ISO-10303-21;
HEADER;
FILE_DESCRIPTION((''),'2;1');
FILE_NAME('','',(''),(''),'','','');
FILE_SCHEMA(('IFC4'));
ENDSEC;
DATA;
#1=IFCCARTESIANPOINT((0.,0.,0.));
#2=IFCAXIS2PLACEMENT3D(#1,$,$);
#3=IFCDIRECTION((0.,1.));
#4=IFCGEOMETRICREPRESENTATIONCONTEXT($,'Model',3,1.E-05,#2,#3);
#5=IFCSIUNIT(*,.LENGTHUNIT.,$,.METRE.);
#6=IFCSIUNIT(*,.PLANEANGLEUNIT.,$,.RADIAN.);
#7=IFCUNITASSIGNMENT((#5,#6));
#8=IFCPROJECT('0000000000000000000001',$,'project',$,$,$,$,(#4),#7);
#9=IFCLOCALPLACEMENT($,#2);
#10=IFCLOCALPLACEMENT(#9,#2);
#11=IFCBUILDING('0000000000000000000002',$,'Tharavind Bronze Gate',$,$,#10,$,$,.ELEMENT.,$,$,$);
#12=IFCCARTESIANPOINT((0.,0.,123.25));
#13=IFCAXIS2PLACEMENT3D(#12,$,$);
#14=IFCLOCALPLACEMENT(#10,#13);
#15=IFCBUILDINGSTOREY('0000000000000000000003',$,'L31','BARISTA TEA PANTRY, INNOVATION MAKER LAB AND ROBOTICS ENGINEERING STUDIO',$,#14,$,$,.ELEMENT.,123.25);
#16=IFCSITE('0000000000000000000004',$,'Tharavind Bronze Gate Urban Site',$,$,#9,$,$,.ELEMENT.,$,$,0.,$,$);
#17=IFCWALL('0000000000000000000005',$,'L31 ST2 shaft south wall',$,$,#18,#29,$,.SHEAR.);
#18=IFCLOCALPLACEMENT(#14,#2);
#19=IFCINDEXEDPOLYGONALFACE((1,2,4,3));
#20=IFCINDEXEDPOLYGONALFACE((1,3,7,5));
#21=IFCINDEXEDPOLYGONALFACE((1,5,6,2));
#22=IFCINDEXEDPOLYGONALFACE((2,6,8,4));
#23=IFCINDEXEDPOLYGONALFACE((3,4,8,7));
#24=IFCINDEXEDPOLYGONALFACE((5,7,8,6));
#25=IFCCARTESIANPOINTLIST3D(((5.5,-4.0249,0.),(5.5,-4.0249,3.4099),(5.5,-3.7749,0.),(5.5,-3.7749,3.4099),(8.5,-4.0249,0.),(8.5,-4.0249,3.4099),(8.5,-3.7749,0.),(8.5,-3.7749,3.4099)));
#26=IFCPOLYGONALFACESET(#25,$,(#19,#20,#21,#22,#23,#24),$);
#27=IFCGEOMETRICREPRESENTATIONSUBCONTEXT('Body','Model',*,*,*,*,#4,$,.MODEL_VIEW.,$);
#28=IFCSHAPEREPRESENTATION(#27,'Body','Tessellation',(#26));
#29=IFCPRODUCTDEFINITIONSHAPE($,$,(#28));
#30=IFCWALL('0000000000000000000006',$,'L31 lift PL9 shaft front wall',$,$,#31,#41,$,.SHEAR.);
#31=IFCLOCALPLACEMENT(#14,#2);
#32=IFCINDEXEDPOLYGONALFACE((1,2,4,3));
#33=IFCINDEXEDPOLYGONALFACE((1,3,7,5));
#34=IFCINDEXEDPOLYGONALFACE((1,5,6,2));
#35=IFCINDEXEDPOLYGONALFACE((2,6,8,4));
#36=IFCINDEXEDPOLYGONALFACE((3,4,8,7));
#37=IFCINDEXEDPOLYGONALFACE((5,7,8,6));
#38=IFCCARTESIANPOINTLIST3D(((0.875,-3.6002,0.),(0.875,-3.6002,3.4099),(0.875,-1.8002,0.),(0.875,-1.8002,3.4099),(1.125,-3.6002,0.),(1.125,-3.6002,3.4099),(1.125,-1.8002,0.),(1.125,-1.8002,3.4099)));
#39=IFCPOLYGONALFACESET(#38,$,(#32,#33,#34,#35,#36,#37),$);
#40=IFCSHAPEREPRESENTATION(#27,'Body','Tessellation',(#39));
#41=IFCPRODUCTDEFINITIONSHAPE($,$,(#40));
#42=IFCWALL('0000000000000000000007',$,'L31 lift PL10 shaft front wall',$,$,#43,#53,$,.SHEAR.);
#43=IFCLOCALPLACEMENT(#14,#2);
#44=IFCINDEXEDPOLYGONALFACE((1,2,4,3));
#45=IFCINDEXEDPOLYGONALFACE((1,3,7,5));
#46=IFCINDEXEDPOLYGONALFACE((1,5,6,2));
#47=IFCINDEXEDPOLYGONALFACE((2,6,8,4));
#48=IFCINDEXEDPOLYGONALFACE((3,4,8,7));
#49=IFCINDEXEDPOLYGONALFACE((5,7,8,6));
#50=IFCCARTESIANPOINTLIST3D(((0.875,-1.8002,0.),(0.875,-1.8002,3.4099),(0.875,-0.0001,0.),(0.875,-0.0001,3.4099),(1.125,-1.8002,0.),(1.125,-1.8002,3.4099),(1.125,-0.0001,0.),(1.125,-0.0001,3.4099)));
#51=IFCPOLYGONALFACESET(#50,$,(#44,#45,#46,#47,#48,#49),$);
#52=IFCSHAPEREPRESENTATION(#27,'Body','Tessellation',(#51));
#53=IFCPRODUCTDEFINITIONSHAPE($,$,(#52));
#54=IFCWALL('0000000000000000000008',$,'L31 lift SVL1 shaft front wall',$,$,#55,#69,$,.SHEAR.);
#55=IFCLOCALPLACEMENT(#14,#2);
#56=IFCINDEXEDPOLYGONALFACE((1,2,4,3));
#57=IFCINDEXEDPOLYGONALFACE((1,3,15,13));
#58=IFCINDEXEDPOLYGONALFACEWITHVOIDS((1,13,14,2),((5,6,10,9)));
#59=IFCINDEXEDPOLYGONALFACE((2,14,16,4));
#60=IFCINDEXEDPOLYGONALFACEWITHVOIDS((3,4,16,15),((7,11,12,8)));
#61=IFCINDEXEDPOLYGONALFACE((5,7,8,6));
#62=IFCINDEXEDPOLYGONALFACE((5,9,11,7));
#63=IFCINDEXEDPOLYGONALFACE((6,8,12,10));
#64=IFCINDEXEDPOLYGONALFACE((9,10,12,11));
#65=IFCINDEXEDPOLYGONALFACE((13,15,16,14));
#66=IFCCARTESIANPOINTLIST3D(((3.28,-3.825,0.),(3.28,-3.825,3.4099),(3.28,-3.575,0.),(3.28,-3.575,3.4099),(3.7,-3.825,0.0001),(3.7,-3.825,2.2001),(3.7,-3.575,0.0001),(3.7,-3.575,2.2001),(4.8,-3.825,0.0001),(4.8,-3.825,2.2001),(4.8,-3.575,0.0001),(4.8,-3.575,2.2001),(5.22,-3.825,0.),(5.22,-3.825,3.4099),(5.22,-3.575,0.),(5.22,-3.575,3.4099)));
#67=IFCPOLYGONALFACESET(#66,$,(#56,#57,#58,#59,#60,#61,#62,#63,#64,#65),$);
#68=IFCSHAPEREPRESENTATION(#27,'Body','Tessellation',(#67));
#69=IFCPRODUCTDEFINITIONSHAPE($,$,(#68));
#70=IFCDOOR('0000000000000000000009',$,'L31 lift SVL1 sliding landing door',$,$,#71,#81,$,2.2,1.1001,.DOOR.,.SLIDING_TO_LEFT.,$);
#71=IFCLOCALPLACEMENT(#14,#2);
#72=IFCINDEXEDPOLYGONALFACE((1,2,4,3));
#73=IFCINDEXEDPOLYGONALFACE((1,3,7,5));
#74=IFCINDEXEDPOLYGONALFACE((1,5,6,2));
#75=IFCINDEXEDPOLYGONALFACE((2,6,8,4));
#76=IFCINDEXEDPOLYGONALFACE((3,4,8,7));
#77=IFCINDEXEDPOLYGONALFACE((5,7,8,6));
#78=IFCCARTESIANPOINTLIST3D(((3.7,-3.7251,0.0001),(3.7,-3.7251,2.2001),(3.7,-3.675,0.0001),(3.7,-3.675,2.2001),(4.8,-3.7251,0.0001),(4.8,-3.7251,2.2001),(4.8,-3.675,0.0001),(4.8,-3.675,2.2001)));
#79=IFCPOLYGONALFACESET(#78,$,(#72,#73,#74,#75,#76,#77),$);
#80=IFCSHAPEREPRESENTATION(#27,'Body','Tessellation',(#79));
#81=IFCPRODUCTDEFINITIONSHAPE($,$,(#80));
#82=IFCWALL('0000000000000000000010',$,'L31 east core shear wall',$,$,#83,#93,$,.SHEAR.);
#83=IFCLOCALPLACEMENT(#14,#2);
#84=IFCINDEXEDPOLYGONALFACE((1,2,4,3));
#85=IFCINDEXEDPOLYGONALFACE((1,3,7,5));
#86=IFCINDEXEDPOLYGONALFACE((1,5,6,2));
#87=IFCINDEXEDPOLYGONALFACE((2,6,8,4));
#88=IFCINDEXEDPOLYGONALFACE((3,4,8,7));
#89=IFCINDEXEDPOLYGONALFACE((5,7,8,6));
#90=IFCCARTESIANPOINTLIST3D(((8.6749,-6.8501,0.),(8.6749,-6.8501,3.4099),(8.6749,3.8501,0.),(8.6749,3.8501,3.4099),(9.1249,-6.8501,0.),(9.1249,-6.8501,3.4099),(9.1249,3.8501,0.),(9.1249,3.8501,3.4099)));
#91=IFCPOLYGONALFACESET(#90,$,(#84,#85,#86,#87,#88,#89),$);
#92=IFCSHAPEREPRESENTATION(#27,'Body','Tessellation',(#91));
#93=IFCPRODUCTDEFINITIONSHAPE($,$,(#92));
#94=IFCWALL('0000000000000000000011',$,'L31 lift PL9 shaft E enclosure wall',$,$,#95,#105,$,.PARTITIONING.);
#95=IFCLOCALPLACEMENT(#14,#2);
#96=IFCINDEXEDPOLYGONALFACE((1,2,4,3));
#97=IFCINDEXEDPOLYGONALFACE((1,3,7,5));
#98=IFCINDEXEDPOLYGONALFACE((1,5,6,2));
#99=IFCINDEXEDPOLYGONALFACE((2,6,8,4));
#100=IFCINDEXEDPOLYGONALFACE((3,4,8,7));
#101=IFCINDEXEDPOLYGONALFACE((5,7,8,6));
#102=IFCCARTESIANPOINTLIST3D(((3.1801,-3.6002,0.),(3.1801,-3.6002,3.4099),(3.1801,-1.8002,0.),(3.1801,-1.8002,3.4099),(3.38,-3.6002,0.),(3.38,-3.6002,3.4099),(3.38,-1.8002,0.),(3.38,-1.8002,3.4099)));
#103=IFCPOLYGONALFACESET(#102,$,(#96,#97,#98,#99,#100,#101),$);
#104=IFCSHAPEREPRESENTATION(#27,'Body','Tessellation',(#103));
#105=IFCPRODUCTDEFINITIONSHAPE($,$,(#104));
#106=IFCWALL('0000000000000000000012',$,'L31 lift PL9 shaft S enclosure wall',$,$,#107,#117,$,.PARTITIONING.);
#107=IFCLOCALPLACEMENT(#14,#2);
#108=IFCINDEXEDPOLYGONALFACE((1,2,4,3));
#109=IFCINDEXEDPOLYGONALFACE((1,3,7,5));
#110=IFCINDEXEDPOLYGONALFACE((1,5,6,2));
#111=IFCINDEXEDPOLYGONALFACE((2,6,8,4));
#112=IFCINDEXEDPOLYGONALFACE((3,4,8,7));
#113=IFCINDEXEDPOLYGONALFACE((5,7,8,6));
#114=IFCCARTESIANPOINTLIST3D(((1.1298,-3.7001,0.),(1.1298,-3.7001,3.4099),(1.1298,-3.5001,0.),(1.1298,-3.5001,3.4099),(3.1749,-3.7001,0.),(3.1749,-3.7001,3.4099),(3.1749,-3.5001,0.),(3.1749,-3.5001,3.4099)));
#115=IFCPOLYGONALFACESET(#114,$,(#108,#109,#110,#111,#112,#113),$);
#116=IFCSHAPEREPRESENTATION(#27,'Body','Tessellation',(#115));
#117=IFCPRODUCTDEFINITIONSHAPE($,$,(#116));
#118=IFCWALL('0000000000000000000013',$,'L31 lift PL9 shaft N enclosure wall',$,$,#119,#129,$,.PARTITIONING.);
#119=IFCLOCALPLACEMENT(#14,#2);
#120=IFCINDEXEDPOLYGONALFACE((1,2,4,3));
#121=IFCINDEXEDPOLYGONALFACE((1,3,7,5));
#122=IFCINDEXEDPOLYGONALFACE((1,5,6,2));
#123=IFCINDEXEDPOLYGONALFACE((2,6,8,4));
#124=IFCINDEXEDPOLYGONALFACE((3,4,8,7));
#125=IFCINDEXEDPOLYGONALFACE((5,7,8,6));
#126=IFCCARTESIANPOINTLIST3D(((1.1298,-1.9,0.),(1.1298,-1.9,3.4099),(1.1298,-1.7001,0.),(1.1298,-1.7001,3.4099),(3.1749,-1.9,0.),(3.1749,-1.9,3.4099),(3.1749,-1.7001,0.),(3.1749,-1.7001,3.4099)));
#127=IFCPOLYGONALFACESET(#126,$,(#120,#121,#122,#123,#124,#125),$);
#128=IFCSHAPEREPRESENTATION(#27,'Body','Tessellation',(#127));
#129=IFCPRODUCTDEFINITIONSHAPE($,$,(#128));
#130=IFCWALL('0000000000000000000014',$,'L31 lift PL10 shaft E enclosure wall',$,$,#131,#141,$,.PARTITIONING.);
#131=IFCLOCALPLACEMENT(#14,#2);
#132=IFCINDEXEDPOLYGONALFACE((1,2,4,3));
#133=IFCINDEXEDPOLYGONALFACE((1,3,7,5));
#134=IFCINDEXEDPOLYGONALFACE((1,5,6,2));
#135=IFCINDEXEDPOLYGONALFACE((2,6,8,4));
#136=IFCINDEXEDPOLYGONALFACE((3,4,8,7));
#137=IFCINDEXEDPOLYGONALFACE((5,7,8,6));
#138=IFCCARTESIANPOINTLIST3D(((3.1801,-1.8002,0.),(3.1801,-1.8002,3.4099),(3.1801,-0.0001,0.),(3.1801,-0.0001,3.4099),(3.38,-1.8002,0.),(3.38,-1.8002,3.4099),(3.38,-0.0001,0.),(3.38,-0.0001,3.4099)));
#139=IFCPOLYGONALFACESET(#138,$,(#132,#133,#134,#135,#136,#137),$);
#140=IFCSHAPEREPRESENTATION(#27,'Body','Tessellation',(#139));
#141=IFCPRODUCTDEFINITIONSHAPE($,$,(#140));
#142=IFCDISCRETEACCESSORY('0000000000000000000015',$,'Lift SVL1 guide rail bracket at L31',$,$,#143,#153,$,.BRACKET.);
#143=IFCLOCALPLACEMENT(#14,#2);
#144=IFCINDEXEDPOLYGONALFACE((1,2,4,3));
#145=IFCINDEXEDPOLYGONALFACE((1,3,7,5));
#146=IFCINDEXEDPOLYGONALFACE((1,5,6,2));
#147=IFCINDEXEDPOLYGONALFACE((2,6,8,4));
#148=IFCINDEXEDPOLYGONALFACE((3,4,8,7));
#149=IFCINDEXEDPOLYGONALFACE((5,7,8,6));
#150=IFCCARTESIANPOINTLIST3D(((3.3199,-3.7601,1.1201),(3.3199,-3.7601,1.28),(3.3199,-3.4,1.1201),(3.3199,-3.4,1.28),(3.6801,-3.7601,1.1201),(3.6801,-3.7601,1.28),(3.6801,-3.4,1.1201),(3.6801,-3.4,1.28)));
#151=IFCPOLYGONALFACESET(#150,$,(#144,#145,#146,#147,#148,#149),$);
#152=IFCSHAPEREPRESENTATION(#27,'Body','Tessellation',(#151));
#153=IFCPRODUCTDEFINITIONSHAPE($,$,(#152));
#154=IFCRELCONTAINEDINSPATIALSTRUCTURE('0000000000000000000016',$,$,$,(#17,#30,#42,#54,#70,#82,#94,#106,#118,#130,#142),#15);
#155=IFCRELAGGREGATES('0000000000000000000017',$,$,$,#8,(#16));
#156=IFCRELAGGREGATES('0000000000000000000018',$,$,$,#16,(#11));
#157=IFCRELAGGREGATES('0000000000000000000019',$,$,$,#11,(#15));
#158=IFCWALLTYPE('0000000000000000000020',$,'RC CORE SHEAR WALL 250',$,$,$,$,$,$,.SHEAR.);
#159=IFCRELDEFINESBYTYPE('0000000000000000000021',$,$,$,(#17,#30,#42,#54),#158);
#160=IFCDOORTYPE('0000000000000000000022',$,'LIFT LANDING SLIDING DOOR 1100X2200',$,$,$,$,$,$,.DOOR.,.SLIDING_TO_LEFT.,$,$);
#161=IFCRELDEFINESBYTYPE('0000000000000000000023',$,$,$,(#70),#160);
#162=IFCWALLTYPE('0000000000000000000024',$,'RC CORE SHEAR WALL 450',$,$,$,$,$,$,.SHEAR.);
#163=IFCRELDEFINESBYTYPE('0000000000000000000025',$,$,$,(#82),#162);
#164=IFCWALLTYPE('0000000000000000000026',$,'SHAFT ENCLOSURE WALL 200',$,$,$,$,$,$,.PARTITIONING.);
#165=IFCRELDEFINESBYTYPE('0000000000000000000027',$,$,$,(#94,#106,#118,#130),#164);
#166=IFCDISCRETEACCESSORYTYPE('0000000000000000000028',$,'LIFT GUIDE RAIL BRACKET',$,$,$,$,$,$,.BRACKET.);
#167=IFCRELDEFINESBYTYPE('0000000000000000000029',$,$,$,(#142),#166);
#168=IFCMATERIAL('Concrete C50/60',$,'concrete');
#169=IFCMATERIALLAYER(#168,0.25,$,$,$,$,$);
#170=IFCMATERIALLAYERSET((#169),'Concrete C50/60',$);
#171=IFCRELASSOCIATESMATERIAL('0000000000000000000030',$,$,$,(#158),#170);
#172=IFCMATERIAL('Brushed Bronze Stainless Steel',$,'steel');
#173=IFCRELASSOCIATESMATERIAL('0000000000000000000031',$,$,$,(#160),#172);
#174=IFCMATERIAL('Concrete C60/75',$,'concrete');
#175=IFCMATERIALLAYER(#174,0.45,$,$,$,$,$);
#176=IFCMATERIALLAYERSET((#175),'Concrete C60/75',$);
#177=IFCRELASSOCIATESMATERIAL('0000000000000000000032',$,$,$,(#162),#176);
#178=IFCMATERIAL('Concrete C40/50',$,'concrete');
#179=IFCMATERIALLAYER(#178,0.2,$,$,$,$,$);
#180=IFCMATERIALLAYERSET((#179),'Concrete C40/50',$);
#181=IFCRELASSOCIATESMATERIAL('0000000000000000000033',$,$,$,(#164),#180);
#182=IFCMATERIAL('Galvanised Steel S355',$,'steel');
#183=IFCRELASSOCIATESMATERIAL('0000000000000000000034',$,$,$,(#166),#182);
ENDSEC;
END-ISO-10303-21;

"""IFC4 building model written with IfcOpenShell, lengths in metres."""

from ifc_helpers import new_model, si_unit, direction, frame, frame_2d, origin, origin_2d, place, context, subcontext, project, spatial, rectangle, extrude, material, layer, layer_set, type_object, element, fill, save


model = new_model("IFC4")

# Units and contexts
model_context = context("Model", 3, precision=1e-05, world=origin(), true_north=direction((0.0, 1.0)))
body_context = subcontext(model_context, "Body", "Model", "MODEL_VIEW")
ifc_project = project(units=[si_unit("LENGTHUNIT", "METRE"), si_unit("PLANEANGLEUNIT", "RADIAN")], contexts=[model_context])

# Site, building, storey
site_placement = place(None, origin())
site = spatial("IfcSite", under=ifc_project, at=site_placement, Name="Tharavind Bronze Gate Urban Site", CompositionType="ELEMENT", RefElevation=0.0)
building_placement = place(site_placement, origin())
building = spatial("IfcBuilding", under=site, at=building_placement, Name="Tharavind Bronze Gate", CompositionType="ELEMENT")
storey_placement = place(building_placement, frame((0.0, 0.0, 123.25)))
storey = spatial("IfcBuildingStorey", under=building, at=storey_placement, Name="L31", Description="BARISTA TEA PANTRY, INNOVATION MAKER LAB AND ROBOTICS ENGINEERING STUDIO", CompositionType="ELEMENT", Elevation=123.25)

# Shared definitions
ifc_material_1 = material(Name="Concrete C60/75", Category="concrete")

# Walls
ifc_material_2 = material(Name="Concrete C50/60", Category="concrete")
ifc_layer_1 = layer(ifc_material_2, 0.25)
ifc_layer_set_1 = layer_set([ifc_layer_1], Name="Concrete C50/60")
wall_type_1 = type_object("IfcWallType", Name="RC CORE SHEAR WALL 250", PredefinedType="SHEAR", material=ifc_layer_set_1)
wall_1_placement = place(storey_placement, frame((5.5, -3.8999, 0.0), z_axis=(0.0, 0.0, 1.0), x_axis=(1.0, 0.0, 0.0)))
element("IfcWall", 1, at=wall_1_placement, inside=storey, type_object=wall_type_1, Name="L31 ST2 shaft south wall", PredefinedType="SHEAR", context=body_context, shape_type="SweptSolid", body=[
    extrude(rectangle(XDim=3.0, YDim=0.25, at=frame_2d((1.5, 0.0))), origin(), (0.0, 0.0, 1.0), 3.4099),
])
for number, where, z_axis, x_axis, name in (
    (2, (1.0, -3.6001, 0.0), (0.0, 0.0, 1.0), (0.0, 1.0, 0.0), "L31 lift PL9 shaft front wall"),
    (3, (1.0, -1.8, 0.0), (0.0, 0.0, 1.0), (0.0, 1.0, 0.0), "L31 lift PL10 shaft front wall"),
):
    element("IfcWall", number, at=place(storey_placement, frame(where, z_axis=z_axis, x_axis=x_axis)), inside=storey, type_object=wall_type_1, Name=name, PredefinedType="SHEAR", context=body_context, shape_type="SweptSolid", body=[
        extrude(rectangle(XDim=1.8, YDim=0.25, at=frame_2d((0.8999, 0.0))), origin(), (0.0, 0.0, 1.0), 3.4099),
    ])

# Wall, opening, door
wall_2_placement = place(storey_placement, frame((3.28, -3.7, 0.0), z_axis=(0.0, 0.0, 1.0), x_axis=(1.0, 0.0, 0.0)))
wall_2 = element("IfcWall", 4, at=wall_2_placement, inside=storey, type_object=wall_type_1, Name="L31 lift SVL1 shaft front wall", PredefinedType="SHEAR", context=body_context, shape_type="SweptSolid", body=[
    extrude(rectangle(XDim=1.9399, YDim=0.25, at=frame_2d((0.97, 0.0))), origin(), (0.0, 0.0, 1.0), 3.4099),
])
opening_1_placement = place(wall_2_placement, frame((0.4199, 0.0, 0.0)))
opening_1 = element("IfcOpeningElement", 5, at=opening_1_placement, cuts=wall_2, PredefinedType="OPENING", context=body_context, shape_type="SweptSolid", body=[
    extrude(rectangle(XDim=1.1001, YDim=2.2, at=frame_2d((0.55, 1.1001))), frame((0.0, 0.135, 0.0), z_axis=(0.0, -1.0, 0.0), x_axis=(1.0, 0.0, 0.0)), (0.0, 0.0, 1.0), 0.27),
])
ifc_material_3 = material(Name="Brushed Bronze Stainless Steel", Category="steel")
door_type_1 = type_object("IfcDoorType", Name="LIFT LANDING SLIDING DOOR 1100X2200", OperationType="SLIDING_TO_LEFT", PredefinedType="DOOR", material=ifc_material_3)
door_1_placement = place(opening_1_placement, origin())
door_1 = element("IfcDoor", 6, at=door_1_placement, inside=storey, type_object=door_type_1, Name="L31 lift SVL1 sliding landing door", OperationType="SLIDING_TO_LEFT", OverallHeight=2.2, OverallWidth=1.1001, PredefinedType="DOOR", context=body_context, shape_type="SweptSolid", body=[
    extrude(rectangle(XDim=1.1001, YDim=2.2, at=frame_2d((0.55, 1.1001))), frame((0.0, 0.0249, 0.0), z_axis=(0.0, -1.0, 0.0), x_axis=(1.0, 0.0, 0.0)), (0.0, 0.0, 1.0), 0.05),
])
fill(opening_1, door_1)

# Walls
ifc_layer_2 = layer(ifc_material_1, 0.45)
ifc_layer_set_2 = layer_set([ifc_layer_2], Name="Concrete C60/75")
wall_type_2 = type_object("IfcWallType", Name="RC CORE SHEAR WALL 450", PredefinedType="SHEAR", material=ifc_layer_set_2)
wall_3_placement = place(storey_placement, frame((8.8999, -6.8501, 0.0), z_axis=(0.0, 0.0, 1.0), x_axis=(0.0, 1.0, 0.0)))
element("IfcWall", 7, at=wall_3_placement, inside=storey, type_object=wall_type_2, Name="L31 east core shear wall", PredefinedType="SHEAR", context=body_context, shape_type="SweptSolid", body=[
    extrude(rectangle(XDim=10.7002, YDim=0.45, at=frame_2d((5.3501, 0.0))), origin(), (0.0, 0.0, 1.0), 3.4099),
])
ifc_material_4 = material(Name="Concrete C40/50", Category="concrete")
ifc_layer_3 = layer(ifc_material_4, 0.2)
ifc_layer_set_3 = layer_set([ifc_layer_3], Name="Concrete C40/50")
wall_type_3 = type_object("IfcWallType", Name="SHAFT ENCLOSURE WALL 200", PredefinedType="PARTITIONING", material=ifc_layer_set_3)
wall_4_placement = place(storey_placement, frame((3.28, -3.6001, 0.0), z_axis=(0.0, 0.0, 1.0), x_axis=(0.0, 1.0, 0.0)))
element("IfcWall", 8, at=wall_4_placement, inside=storey, type_object=wall_type_3, Name="L31 lift PL9 shaft E enclosure wall", PredefinedType="PARTITIONING", context=body_context, shape_type="SweptSolid", body=[
    extrude(rectangle(XDim=1.8, YDim=0.2, at=frame_2d((0.8999, 0.0))), origin(), (0.0, 0.0, 1.0), 3.4099),
])
for number, where, z_axis, x_axis, name in (
    (9, (1.1299, -3.6001, 0.0), (0.0, 0.0, 1.0), (1.0, 0.0, 0.0), "L31 lift PL9 shaft S enclosure wall"),
    (10, (1.1299, -1.8, 0.0), (0.0, 0.0, 1.0), (1.0, 0.0, 0.0), "L31 lift PL9 shaft N enclosure wall"),
):
    element("IfcWall", number, at=place(storey_placement, frame(where, z_axis=z_axis, x_axis=x_axis)), inside=storey, type_object=wall_type_3, Name=name, PredefinedType="PARTITIONING", context=body_context, shape_type="SweptSolid", body=[
        extrude(rectangle(XDim=2.0452, YDim=0.2, at=frame_2d((1.0225, 0.0))), origin(), (0.0, 0.0, 1.0), 3.4099),
    ])
wall_5_placement = place(storey_placement, frame((3.28, -1.8, 0.0), z_axis=(0.0, 0.0, 1.0), x_axis=(0.0, 1.0, 0.0)))
element("IfcWall", 11, at=wall_5_placement, inside=storey, type_object=wall_type_3, Name="L31 lift PL10 shaft E enclosure wall", PredefinedType="PARTITIONING", context=body_context, shape_type="SweptSolid", body=[
    extrude(rectangle(XDim=1.8, YDim=0.2, at=frame_2d((0.8999, 0.0))), origin(), (0.0, 0.0, 1.0), 3.4099),
])

# Discrete accessory
ifc_material_5 = material(Name="Galvanised Steel S355", Category="steel")
discrete_accessory_type = type_object("IfcDiscreteAccessoryType", Name="LIFT GUIDE RAIL BRACKET", PredefinedType="BRACKET", material=ifc_material_5)
discrete_accessory_placement = place(storey_placement, frame((3.5, -3.5801, 1.1201), z_axis=(0.0, 0.0, 1.0), x_axis=(1.0, 0.0, 0.0)))
element("IfcDiscreteAccessory", 12, at=discrete_accessory_placement, inside=storey, type_object=discrete_accessory_type, Name="Lift SVL1 guide rail bracket at L31", PredefinedType="BRACKET", context=body_context, shape_type="SweptSolid", body=[
    extrude(rectangle(XDim=0.3601, YDim=0.3601, at=origin_2d()), origin(), (0.0, 0.0, 1.0), 0.1599),
])

save(model, "model.ifc")
